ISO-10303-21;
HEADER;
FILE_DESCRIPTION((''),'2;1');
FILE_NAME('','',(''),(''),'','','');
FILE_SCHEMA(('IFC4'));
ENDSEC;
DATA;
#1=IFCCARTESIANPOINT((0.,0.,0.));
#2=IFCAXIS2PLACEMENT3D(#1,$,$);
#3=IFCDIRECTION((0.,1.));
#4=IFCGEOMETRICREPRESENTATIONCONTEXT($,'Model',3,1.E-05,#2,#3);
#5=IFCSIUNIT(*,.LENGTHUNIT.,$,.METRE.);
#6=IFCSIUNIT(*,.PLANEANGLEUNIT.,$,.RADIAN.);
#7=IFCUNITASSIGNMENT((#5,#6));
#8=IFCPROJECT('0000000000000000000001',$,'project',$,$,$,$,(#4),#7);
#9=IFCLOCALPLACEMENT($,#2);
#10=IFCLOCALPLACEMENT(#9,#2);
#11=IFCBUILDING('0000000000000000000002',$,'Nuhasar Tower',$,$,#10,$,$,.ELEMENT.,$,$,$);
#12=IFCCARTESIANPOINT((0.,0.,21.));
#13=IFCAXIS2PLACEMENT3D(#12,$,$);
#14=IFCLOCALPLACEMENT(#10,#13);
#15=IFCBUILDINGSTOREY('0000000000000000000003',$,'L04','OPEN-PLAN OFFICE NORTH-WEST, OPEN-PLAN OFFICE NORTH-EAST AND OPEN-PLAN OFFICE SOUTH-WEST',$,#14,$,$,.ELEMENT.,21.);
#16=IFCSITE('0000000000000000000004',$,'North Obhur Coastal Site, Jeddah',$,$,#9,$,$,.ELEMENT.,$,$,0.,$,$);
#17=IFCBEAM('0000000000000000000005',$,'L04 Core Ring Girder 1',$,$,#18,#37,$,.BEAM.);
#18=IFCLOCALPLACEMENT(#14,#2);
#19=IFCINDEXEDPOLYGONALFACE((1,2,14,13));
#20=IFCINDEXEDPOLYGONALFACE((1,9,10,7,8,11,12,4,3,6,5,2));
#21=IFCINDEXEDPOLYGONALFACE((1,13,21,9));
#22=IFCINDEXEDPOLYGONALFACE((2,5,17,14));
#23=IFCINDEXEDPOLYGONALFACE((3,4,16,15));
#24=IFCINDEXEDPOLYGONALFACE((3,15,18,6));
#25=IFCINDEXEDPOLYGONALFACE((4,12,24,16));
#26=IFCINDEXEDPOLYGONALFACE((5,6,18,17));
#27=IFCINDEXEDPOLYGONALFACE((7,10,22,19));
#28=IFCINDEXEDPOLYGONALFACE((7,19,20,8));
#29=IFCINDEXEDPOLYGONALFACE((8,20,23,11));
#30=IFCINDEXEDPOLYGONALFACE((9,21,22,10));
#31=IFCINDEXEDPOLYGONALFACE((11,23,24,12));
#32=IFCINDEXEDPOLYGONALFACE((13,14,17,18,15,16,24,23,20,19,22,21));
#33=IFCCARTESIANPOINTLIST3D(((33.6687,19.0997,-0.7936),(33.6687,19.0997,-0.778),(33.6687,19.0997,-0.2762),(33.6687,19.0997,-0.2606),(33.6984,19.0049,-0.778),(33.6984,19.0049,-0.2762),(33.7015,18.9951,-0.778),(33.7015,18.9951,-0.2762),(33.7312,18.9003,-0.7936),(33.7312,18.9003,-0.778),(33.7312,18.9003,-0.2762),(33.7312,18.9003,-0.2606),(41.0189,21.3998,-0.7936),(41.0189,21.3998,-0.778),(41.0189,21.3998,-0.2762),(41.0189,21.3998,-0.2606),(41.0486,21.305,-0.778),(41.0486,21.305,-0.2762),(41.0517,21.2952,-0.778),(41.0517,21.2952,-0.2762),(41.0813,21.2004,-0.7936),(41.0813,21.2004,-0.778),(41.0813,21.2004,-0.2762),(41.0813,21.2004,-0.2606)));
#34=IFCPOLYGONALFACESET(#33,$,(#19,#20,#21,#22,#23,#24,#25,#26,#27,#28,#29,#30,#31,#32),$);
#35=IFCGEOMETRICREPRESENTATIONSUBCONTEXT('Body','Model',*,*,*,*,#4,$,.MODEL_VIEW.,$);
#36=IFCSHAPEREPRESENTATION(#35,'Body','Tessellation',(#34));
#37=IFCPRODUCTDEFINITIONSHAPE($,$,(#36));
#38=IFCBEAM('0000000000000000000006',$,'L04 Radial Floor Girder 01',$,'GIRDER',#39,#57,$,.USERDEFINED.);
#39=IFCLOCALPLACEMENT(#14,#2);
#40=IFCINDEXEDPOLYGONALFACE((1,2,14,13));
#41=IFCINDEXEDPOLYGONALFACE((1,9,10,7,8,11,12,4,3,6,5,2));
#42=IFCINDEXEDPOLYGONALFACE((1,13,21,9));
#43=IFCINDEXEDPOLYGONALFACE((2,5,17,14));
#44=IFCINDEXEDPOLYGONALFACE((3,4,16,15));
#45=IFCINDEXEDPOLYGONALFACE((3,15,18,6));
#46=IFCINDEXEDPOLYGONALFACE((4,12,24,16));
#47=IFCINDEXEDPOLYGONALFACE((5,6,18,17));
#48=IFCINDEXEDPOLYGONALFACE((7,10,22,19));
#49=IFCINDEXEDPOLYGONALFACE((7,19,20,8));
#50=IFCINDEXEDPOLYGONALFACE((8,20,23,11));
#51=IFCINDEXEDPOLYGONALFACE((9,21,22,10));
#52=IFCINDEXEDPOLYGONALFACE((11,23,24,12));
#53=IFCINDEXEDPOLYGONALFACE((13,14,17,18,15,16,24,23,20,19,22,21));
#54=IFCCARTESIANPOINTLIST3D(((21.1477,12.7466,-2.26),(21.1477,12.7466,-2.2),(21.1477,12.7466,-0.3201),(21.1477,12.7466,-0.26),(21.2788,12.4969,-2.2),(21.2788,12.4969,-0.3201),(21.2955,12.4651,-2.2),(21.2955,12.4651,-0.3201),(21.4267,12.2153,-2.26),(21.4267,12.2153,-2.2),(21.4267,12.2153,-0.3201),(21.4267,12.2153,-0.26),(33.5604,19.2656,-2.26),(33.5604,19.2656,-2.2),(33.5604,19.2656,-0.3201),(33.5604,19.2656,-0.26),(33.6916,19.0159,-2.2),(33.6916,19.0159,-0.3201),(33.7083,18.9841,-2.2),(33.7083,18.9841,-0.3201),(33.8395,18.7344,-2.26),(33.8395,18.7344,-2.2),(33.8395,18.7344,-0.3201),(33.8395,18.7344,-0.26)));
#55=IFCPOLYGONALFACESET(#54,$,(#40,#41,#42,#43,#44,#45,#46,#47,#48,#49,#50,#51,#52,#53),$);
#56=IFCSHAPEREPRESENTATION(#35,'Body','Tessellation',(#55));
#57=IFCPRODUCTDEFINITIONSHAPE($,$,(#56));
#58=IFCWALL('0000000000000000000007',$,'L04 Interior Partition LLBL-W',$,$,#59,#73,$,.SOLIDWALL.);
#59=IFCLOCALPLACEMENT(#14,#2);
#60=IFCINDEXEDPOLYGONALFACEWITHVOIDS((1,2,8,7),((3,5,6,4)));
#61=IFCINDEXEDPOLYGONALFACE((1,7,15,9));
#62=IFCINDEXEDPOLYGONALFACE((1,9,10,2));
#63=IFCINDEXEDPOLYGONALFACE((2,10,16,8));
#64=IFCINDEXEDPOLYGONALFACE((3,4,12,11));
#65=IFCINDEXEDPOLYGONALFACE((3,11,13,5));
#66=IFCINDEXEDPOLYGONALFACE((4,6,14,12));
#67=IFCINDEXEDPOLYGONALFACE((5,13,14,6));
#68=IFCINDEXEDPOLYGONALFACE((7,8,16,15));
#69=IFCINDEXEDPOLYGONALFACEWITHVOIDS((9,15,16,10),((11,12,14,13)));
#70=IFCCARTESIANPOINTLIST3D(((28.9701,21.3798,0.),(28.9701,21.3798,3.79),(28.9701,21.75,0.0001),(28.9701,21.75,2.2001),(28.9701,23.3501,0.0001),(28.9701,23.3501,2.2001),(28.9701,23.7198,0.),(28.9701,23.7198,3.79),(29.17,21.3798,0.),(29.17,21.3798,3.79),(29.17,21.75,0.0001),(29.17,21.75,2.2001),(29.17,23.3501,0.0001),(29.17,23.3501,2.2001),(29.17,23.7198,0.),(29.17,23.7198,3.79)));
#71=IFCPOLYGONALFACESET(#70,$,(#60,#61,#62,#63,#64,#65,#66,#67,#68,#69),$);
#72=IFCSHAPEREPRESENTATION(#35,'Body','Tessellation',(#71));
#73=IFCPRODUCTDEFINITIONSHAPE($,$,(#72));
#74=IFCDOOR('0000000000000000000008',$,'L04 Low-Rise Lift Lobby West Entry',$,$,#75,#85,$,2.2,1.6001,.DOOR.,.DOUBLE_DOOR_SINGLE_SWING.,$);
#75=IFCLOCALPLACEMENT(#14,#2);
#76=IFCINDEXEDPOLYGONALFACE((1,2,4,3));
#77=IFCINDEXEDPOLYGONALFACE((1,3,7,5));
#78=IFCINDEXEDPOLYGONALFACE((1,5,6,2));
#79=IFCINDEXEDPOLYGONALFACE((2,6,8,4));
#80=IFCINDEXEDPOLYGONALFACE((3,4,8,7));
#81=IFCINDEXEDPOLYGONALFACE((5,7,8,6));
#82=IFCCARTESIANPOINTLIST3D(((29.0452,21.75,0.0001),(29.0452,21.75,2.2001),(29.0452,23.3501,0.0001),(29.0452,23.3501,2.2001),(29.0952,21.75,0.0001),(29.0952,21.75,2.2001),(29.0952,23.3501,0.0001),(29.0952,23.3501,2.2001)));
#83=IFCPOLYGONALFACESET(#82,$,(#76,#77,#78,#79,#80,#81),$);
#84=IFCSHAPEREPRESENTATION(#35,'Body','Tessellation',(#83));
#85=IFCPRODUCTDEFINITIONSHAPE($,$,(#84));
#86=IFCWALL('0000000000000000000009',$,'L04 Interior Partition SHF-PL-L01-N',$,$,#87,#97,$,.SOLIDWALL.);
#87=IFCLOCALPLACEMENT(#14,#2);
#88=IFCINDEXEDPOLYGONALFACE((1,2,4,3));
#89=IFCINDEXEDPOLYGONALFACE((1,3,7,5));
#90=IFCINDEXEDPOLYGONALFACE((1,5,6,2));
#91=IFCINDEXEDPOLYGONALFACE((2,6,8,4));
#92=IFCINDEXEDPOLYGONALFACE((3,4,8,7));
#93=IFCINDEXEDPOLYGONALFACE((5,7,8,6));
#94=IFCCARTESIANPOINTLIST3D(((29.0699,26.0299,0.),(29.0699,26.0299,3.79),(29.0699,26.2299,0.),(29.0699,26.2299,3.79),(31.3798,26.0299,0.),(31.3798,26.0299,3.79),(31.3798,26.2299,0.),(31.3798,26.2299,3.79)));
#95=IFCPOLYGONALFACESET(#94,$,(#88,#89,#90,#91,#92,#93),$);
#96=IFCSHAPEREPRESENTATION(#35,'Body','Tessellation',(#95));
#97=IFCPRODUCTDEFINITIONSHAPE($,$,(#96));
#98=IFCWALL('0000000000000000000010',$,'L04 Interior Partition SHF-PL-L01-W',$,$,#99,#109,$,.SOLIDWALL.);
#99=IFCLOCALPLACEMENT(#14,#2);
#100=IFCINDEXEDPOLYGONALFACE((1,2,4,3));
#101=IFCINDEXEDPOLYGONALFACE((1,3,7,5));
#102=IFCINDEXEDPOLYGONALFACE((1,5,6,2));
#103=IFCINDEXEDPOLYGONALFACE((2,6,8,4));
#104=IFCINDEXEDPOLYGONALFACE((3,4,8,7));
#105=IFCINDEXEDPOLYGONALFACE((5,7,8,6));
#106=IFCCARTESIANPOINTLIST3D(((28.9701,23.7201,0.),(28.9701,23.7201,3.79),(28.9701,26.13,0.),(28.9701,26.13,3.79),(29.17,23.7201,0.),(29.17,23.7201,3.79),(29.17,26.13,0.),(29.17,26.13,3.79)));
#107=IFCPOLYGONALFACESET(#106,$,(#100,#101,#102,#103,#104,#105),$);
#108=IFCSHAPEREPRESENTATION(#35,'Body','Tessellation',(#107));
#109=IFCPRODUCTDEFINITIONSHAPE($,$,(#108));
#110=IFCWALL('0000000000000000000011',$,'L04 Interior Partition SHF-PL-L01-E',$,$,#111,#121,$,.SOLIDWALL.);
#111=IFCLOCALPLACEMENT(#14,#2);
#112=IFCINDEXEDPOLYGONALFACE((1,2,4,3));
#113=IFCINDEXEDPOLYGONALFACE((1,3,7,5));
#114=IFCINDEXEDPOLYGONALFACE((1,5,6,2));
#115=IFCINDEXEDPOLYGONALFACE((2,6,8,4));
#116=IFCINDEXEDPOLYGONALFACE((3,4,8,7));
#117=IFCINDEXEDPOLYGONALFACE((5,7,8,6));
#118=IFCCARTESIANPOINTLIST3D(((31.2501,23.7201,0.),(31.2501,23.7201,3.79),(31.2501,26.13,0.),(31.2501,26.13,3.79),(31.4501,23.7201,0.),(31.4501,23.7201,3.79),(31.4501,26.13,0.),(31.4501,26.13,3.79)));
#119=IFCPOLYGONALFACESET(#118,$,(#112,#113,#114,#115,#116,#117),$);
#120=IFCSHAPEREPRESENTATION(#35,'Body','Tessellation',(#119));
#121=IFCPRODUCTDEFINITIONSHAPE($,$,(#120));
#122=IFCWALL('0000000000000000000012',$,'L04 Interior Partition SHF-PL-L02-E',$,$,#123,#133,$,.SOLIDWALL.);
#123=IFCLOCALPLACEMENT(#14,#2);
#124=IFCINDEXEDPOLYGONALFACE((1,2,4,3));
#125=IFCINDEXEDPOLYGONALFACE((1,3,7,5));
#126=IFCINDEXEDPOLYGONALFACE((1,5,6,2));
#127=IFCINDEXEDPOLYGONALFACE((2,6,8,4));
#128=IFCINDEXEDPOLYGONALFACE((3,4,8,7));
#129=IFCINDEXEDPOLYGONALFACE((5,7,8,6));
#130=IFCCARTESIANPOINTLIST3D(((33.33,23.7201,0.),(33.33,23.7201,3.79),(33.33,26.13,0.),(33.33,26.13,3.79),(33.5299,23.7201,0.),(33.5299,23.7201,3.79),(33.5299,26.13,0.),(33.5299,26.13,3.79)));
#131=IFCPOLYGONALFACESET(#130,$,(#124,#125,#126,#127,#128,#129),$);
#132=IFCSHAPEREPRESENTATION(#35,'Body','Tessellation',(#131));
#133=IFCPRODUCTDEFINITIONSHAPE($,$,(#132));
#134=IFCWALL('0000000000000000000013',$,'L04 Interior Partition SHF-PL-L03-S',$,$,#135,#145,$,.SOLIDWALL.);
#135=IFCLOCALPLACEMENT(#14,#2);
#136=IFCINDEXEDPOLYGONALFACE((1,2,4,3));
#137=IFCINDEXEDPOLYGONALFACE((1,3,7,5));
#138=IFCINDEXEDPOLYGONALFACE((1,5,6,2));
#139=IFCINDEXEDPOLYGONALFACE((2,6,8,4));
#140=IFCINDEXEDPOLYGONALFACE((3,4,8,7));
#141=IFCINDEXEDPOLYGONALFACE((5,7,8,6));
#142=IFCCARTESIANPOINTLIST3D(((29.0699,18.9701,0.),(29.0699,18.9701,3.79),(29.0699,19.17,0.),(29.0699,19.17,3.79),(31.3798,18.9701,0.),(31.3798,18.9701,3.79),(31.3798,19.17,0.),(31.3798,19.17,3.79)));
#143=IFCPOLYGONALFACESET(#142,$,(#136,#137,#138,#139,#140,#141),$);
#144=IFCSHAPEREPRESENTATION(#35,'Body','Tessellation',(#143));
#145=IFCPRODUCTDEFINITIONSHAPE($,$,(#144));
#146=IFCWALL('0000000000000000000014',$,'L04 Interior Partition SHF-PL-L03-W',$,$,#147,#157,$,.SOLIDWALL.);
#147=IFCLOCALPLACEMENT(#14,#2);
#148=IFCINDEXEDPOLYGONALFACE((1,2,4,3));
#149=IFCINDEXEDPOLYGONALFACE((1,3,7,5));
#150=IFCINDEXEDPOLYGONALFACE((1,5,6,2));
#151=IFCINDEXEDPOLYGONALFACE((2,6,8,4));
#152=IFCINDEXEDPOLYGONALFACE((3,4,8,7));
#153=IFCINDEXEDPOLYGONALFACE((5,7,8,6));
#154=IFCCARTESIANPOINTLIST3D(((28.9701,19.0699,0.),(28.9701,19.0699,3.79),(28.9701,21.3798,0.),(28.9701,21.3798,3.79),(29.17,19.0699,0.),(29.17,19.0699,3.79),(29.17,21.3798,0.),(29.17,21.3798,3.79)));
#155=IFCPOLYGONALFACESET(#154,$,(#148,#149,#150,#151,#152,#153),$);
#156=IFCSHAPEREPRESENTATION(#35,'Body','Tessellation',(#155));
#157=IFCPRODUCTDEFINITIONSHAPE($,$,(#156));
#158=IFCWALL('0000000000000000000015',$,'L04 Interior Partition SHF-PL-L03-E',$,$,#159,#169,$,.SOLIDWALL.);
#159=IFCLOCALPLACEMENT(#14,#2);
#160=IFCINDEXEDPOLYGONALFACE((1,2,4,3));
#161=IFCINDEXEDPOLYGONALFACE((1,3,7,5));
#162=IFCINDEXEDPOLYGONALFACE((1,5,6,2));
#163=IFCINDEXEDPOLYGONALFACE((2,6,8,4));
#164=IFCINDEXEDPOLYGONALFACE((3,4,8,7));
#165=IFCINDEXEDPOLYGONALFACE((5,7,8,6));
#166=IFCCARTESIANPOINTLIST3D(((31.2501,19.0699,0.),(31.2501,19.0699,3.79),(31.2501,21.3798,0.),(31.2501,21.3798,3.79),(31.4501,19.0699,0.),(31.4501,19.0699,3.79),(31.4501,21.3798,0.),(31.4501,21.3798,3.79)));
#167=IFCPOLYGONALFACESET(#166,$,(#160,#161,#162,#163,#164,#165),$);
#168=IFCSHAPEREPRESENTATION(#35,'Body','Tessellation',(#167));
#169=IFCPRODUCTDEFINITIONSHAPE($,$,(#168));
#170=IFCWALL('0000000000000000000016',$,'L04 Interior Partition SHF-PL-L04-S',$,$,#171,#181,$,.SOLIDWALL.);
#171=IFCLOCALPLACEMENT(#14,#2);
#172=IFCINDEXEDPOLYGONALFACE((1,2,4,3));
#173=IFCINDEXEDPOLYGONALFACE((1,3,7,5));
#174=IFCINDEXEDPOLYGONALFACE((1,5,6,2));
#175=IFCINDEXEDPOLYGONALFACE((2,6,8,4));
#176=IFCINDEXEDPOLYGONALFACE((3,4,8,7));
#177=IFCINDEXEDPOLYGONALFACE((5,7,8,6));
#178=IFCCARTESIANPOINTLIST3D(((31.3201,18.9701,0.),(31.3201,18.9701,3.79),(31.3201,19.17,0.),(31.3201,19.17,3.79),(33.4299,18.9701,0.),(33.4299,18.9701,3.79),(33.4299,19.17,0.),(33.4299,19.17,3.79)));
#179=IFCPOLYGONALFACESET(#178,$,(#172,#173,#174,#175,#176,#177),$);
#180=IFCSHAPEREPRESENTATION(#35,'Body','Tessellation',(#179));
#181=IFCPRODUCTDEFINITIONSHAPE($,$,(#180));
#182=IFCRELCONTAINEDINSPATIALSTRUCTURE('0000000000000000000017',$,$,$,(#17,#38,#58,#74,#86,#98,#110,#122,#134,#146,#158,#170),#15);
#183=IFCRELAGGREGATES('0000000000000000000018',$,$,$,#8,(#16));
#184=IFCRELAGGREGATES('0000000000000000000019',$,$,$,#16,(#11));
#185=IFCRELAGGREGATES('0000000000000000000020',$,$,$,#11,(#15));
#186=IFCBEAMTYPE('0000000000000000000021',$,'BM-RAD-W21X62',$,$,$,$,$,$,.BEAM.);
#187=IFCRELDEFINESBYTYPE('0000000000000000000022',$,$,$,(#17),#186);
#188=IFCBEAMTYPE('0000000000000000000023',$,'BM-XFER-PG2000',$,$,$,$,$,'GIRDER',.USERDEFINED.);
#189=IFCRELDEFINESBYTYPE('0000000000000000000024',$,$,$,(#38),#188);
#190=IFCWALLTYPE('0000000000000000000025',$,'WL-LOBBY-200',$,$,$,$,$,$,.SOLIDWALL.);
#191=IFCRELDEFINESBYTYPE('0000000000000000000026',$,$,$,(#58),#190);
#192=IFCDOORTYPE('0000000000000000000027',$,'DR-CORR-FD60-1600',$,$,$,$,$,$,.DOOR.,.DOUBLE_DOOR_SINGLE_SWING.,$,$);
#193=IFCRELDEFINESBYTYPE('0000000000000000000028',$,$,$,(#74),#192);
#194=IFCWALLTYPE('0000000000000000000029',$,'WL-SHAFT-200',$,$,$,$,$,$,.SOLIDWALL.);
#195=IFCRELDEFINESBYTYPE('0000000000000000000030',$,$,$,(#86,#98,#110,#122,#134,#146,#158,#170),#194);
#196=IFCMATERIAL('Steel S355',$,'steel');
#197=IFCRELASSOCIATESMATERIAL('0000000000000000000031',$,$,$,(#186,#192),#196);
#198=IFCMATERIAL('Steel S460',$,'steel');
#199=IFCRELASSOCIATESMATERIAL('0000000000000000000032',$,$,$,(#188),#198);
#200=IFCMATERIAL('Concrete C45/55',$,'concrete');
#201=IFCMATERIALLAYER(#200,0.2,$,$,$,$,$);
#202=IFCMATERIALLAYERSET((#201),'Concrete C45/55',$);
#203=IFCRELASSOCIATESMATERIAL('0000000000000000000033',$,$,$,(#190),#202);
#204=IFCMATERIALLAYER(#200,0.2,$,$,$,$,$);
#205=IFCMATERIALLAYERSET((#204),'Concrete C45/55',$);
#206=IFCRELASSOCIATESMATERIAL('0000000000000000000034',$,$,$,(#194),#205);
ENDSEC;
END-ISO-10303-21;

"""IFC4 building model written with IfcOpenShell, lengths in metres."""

from ifc_helpers import new_model, si_unit, direction, frame, frame_2d, origin, origin_2d, place, context, subcontext, project, spatial, rectangle, i_section, extrude, material, layer, layer_set, material_profile, profile_set, type_object, element, fill, save


model = new_model("IFC4")

# Units and contexts
model_context = context("Model", 3, precision=1e-05, world=origin(), true_north=direction((0.0, 1.0)))
body_context = subcontext(model_context, "Body", "Model", "MODEL_VIEW")
ifc_project = project(units=[si_unit("LENGTHUNIT", "METRE"), si_unit("PLANEANGLEUNIT", "RADIAN")], contexts=[model_context])

# Site, building, storey
site_placement = place(None, origin())
site = spatial("IfcSite", under=ifc_project, at=site_placement, Name="North Obhur Coastal Site, Jeddah", CompositionType="ELEMENT", RefElevation=0.0)
building_placement = place(site_placement, origin())
building = spatial("IfcBuilding", under=site, at=building_placement, Name="Nuhasar Tower", CompositionType="ELEMENT")
storey_placement = place(building_placement, frame((0.0, 0.0, 21.0)))
storey = spatial("IfcBuildingStorey", under=building, at=storey_placement, Name="L04", Description="OPEN-PLAN OFFICE NORTH-WEST, OPEN-PLAN OFFICE NORTH-EAST AND OPEN-PLAN OFFICE SOUTH-WEST", CompositionType="ELEMENT", Elevation=21.0)

# Beams
ifc_material_1 = material(Name="Steel S355", Category="steel")
ifc_material_profile_1 = material_profile(ifc_material_1, i_section(OverallWidth=0.209, OverallDepth=0.533, WebThickness=0.0103, FlangeThickness=0.0156, at=origin_2d()), Name="W21X62")
ifc_profile_set_1 = profile_set([ifc_material_profile_1], Name="Steel S355")
beam_type_1 = type_object("IfcBeamType", Name="BM-RAD-W21X62", PredefinedType="BEAM", material=ifc_profile_set_1)
beam_1_placement = place(storey_placement, frame((33.7, 19.0, -0.5271), z_axis=(0.954364, 0.298647, 0.0), x_axis=(-0.298647, 0.954364, 0.0)))
element("IfcBeam", 1, at=beam_1_placement, inside=storey, type_object=beam_type_1, Name="L04 Core Ring Girder 1", PredefinedType="BEAM", context=body_context, shape_type="SweptSolid", body=[
    extrude(i_section(OverallWidth=0.209, OverallDepth=0.533, WebThickness=0.0103, FlangeThickness=0.0156, at=origin_2d()), origin(), (0.0, 0.0, 1.0), 7.7017),
])
ifc_material_2 = material(Name="Steel S460", Category="steel")
ifc_material_profile_2 = material_profile(ifc_material_2, i_section(OverallWidth=0.6001, OverallDepth=2.0, WebThickness=0.0359, FlangeThickness=0.0601, at=origin_2d()), Name="PG2000X600")
ifc_profile_set_2 = profile_set([ifc_material_profile_2], Name="Steel S460")
beam_type_2 = type_object("IfcBeamType", Name="BM-XFER-PG2000", ElementType="GIRDER", PredefinedType="USERDEFINED", material=ifc_profile_set_2)
beam_2_placement = place(storey_placement, frame((33.7, 19.0, -1.26), z_axis=(-0.88533, -0.464963, 0.0), x_axis=(0.464963, -0.88533, 0.0)))
element("IfcBeam", 2, at=beam_2_placement, inside=storey, type_object=beam_type_2, Name="L04 Radial Floor Girder 01", ObjectType="GIRDER", PredefinedType="USERDEFINED", context=body_context, shape_type="SweptSolid", body=[
    extrude(i_section(OverallWidth=0.6001, OverallDepth=2.0, WebThickness=0.0359, FlangeThickness=0.0601, at=origin_2d()), origin(), (0.0, 0.0, 1.0), 14.0205),
])

# Wall, opening, door
ifc_material_3 = material(Name="Concrete C45/55", Category="concrete")
ifc_layer_1 = layer(ifc_material_3, 0.2)
ifc_layer_set_1 = layer_set([ifc_layer_1], Name="Concrete C45/55")
wall_type_1 = type_object("IfcWallType", Name="WL-LOBBY-200", PredefinedType="SOLIDWALL", material=ifc_layer_set_1)
wall_1_placement = place(storey_placement, frame((29.0701, 21.3799, 0.0), z_axis=(0.0, 0.0, 1.0), x_axis=(0.0, 1.0, 0.0)))
wall_1 = element("IfcWall", 3, at=wall_1_placement, inside=storey, type_object=wall_type_1, Name="L04 Interior Partition LLBL-W", PredefinedType="SOLIDWALL", context=body_context, shape_type="SweptSolid", body=[
    extrude(rectangle(XDim=2.3401, YDim=0.2, at=frame_2d((1.1699, 0.0))), origin(), (0.0, 0.0, 1.0), 3.79),
])
opening_1_placement = place(wall_1_placement, frame((0.3701, 0.0, 0.0)))
opening_1 = element("IfcOpeningElement", 4, at=opening_1_placement, cuts=wall_1, PredefinedType="OPENING", context=body_context, shape_type="SweptSolid", body=[
    extrude(rectangle(XDim=1.6001, YDim=2.2, at=frame_2d((0.8, 1.1001))), frame((0.0, 0.1099, 0.0), z_axis=(0.0, -1.0, 0.0), x_axis=(1.0, 0.0, 0.0)), (0.0, 0.0, 1.0), 0.22),
])
door_type_1 = type_object("IfcDoorType", Name="DR-CORR-FD60-1600", OperationType="DOUBLE_DOOR_SINGLE_SWING", PredefinedType="DOOR", material=ifc_material_1)
door_1_placement = place(opening_1_placement, origin())
door_1 = element("IfcDoor", 5, at=door_1_placement, inside=storey, type_object=door_type_1, Name="L04 Low-Rise Lift Lobby West Entry", OperationType="DOUBLE_DOOR_SINGLE_SWING", OverallHeight=2.2, OverallWidth=1.6001, PredefinedType="DOOR", context=body_context, shape_type="SweptSolid", body=[
    extrude(rectangle(XDim=1.6001, YDim=2.2, at=frame_2d((0.8, 1.1001))), frame((0.0, 0.0249, 0.0), z_axis=(0.0, -1.0, 0.0), x_axis=(1.0, 0.0, 0.0)), (0.0, 0.0, 1.0), 0.05),
])
fill(opening_1, door_1)
ifc_layer_2 = layer(ifc_material_3, 0.2)
ifc_layer_set_2 = layer_set([ifc_layer_2], Name="Concrete C45/55")
wall_type_2 = type_object("IfcWallType", Name="WL-SHAFT-200", PredefinedType="SOLIDWALL", material=ifc_layer_set_2)

# Walls
wall_2_placement = place(storey_placement, frame((29.0701, 26.1299, 0.0), z_axis=(0.0, 0.0, 1.0), x_axis=(1.0, 0.0, 0.0)))
element("IfcWall", 6, at=wall_2_placement, inside=storey, type_object=wall_type_2, Name="L04 Interior Partition SHF-PL-L01-N", PredefinedType="SOLIDWALL", context=body_context, shape_type="SweptSolid", body=[
    extrude(rectangle(XDim=2.3098, YDim=0.2, at=frame_2d((1.1548, 0.0))), origin(), (0.0, 0.0, 1.0), 3.79),
])
for number, where, z_axis, x_axis, name in (
    (7, (29.0701, 23.72, 0.0), (0.0, 0.0, 1.0), (0.0, 1.0, 0.0), "L04 Interior Partition SHF-PL-L01-W"),
    (8, (31.3501, 23.72, 0.0), (0.0, 0.0, 1.0), (0.0, 1.0, 0.0), "L04 Interior Partition SHF-PL-L01-E"),
):
    element("IfcWall", number, at=place(storey_placement, frame(where, z_axis=z_axis, x_axis=x_axis)), inside=storey, type_object=wall_type_2, Name=name, PredefinedType="SOLIDWALL", context=body_context, shape_type="SweptSolid", body=[
        extrude(rectangle(XDim=2.4099, YDim=0.2, at=frame_2d((1.2051, 0.0))), origin(), (0.0, 0.0, 1.0), 3.79),
    ])

# Walls
wall_3_placement = place(storey_placement, frame((33.4299, 23.72, 0.0), z_axis=(0.0, 0.0, 1.0), x_axis=(0.0, 1.0, 0.0)))
element("IfcWall", 9, at=wall_3_placement, inside=storey, type_object=wall_type_2, Name="L04 Interior Partition SHF-PL-L02-E", PredefinedType="SOLIDWALL", context=body_context, shape_type="SweptSolid", body=[
    extrude(rectangle(XDim=2.4099, YDim=0.2, at=frame_2d((1.2051, 0.0))), origin(), (0.0, 0.0, 1.0), 3.79),
])
wall_4_placement = place(storey_placement, frame((29.0701, 19.0701, 0.0), z_axis=(0.0, 0.0, 1.0), x_axis=(1.0, 0.0, 0.0)))
element("IfcWall", 10, at=wall_4_placement, inside=storey, type_object=wall_type_2, Name="L04 Interior Partition SHF-PL-L03-S", PredefinedType="SOLIDWALL", context=body_context, shape_type="SweptSolid", body=[
    extrude(rectangle(XDim=2.3098, YDim=0.2, at=frame_2d((1.1548, 0.0))), origin(), (0.0, 0.0, 1.0), 3.79),
])

# Walls
for number, where, z_axis, x_axis, name in (
    (11, (29.0701, 19.0701, 0.0), (0.0, 0.0, 1.0), (0.0, 1.0, 0.0), "L04 Interior Partition SHF-PL-L03-W"),
    (12, (31.3501, 19.0701, 0.0), (0.0, 0.0, 1.0), (0.0, 1.0, 0.0), "L04 Interior Partition SHF-PL-L03-E"),
):
    element("IfcWall", number, at=place(storey_placement, frame(where, z_axis=z_axis, x_axis=x_axis)), inside=storey, type_object=wall_type_2, Name=name, PredefinedType="SOLIDWALL", context=body_context, shape_type="SweptSolid", body=[
        extrude(rectangle(XDim=2.3098, YDim=0.2, at=frame_2d((1.1548, 0.0))), origin(), (0.0, 0.0, 1.0), 3.79),
    ])
wall_5_placement = place(storey_placement, frame((31.3201, 19.0701, 0.0), z_axis=(0.0, 0.0, 1.0), x_axis=(1.0, 0.0, 0.0)))
element("IfcWall", 13, at=wall_5_placement, inside=storey, type_object=wall_type_2, Name="L04 Interior Partition SHF-PL-L04-S", PredefinedType="SOLIDWALL", context=body_context, shape_type="SweptSolid", body=[
    extrude(rectangle(XDim=2.1099, YDim=0.2, at=frame_2d((1.0549, 0.0))), origin(), (0.0, 0.0, 1.0), 3.79),
])

save(model, "model.ifc")
